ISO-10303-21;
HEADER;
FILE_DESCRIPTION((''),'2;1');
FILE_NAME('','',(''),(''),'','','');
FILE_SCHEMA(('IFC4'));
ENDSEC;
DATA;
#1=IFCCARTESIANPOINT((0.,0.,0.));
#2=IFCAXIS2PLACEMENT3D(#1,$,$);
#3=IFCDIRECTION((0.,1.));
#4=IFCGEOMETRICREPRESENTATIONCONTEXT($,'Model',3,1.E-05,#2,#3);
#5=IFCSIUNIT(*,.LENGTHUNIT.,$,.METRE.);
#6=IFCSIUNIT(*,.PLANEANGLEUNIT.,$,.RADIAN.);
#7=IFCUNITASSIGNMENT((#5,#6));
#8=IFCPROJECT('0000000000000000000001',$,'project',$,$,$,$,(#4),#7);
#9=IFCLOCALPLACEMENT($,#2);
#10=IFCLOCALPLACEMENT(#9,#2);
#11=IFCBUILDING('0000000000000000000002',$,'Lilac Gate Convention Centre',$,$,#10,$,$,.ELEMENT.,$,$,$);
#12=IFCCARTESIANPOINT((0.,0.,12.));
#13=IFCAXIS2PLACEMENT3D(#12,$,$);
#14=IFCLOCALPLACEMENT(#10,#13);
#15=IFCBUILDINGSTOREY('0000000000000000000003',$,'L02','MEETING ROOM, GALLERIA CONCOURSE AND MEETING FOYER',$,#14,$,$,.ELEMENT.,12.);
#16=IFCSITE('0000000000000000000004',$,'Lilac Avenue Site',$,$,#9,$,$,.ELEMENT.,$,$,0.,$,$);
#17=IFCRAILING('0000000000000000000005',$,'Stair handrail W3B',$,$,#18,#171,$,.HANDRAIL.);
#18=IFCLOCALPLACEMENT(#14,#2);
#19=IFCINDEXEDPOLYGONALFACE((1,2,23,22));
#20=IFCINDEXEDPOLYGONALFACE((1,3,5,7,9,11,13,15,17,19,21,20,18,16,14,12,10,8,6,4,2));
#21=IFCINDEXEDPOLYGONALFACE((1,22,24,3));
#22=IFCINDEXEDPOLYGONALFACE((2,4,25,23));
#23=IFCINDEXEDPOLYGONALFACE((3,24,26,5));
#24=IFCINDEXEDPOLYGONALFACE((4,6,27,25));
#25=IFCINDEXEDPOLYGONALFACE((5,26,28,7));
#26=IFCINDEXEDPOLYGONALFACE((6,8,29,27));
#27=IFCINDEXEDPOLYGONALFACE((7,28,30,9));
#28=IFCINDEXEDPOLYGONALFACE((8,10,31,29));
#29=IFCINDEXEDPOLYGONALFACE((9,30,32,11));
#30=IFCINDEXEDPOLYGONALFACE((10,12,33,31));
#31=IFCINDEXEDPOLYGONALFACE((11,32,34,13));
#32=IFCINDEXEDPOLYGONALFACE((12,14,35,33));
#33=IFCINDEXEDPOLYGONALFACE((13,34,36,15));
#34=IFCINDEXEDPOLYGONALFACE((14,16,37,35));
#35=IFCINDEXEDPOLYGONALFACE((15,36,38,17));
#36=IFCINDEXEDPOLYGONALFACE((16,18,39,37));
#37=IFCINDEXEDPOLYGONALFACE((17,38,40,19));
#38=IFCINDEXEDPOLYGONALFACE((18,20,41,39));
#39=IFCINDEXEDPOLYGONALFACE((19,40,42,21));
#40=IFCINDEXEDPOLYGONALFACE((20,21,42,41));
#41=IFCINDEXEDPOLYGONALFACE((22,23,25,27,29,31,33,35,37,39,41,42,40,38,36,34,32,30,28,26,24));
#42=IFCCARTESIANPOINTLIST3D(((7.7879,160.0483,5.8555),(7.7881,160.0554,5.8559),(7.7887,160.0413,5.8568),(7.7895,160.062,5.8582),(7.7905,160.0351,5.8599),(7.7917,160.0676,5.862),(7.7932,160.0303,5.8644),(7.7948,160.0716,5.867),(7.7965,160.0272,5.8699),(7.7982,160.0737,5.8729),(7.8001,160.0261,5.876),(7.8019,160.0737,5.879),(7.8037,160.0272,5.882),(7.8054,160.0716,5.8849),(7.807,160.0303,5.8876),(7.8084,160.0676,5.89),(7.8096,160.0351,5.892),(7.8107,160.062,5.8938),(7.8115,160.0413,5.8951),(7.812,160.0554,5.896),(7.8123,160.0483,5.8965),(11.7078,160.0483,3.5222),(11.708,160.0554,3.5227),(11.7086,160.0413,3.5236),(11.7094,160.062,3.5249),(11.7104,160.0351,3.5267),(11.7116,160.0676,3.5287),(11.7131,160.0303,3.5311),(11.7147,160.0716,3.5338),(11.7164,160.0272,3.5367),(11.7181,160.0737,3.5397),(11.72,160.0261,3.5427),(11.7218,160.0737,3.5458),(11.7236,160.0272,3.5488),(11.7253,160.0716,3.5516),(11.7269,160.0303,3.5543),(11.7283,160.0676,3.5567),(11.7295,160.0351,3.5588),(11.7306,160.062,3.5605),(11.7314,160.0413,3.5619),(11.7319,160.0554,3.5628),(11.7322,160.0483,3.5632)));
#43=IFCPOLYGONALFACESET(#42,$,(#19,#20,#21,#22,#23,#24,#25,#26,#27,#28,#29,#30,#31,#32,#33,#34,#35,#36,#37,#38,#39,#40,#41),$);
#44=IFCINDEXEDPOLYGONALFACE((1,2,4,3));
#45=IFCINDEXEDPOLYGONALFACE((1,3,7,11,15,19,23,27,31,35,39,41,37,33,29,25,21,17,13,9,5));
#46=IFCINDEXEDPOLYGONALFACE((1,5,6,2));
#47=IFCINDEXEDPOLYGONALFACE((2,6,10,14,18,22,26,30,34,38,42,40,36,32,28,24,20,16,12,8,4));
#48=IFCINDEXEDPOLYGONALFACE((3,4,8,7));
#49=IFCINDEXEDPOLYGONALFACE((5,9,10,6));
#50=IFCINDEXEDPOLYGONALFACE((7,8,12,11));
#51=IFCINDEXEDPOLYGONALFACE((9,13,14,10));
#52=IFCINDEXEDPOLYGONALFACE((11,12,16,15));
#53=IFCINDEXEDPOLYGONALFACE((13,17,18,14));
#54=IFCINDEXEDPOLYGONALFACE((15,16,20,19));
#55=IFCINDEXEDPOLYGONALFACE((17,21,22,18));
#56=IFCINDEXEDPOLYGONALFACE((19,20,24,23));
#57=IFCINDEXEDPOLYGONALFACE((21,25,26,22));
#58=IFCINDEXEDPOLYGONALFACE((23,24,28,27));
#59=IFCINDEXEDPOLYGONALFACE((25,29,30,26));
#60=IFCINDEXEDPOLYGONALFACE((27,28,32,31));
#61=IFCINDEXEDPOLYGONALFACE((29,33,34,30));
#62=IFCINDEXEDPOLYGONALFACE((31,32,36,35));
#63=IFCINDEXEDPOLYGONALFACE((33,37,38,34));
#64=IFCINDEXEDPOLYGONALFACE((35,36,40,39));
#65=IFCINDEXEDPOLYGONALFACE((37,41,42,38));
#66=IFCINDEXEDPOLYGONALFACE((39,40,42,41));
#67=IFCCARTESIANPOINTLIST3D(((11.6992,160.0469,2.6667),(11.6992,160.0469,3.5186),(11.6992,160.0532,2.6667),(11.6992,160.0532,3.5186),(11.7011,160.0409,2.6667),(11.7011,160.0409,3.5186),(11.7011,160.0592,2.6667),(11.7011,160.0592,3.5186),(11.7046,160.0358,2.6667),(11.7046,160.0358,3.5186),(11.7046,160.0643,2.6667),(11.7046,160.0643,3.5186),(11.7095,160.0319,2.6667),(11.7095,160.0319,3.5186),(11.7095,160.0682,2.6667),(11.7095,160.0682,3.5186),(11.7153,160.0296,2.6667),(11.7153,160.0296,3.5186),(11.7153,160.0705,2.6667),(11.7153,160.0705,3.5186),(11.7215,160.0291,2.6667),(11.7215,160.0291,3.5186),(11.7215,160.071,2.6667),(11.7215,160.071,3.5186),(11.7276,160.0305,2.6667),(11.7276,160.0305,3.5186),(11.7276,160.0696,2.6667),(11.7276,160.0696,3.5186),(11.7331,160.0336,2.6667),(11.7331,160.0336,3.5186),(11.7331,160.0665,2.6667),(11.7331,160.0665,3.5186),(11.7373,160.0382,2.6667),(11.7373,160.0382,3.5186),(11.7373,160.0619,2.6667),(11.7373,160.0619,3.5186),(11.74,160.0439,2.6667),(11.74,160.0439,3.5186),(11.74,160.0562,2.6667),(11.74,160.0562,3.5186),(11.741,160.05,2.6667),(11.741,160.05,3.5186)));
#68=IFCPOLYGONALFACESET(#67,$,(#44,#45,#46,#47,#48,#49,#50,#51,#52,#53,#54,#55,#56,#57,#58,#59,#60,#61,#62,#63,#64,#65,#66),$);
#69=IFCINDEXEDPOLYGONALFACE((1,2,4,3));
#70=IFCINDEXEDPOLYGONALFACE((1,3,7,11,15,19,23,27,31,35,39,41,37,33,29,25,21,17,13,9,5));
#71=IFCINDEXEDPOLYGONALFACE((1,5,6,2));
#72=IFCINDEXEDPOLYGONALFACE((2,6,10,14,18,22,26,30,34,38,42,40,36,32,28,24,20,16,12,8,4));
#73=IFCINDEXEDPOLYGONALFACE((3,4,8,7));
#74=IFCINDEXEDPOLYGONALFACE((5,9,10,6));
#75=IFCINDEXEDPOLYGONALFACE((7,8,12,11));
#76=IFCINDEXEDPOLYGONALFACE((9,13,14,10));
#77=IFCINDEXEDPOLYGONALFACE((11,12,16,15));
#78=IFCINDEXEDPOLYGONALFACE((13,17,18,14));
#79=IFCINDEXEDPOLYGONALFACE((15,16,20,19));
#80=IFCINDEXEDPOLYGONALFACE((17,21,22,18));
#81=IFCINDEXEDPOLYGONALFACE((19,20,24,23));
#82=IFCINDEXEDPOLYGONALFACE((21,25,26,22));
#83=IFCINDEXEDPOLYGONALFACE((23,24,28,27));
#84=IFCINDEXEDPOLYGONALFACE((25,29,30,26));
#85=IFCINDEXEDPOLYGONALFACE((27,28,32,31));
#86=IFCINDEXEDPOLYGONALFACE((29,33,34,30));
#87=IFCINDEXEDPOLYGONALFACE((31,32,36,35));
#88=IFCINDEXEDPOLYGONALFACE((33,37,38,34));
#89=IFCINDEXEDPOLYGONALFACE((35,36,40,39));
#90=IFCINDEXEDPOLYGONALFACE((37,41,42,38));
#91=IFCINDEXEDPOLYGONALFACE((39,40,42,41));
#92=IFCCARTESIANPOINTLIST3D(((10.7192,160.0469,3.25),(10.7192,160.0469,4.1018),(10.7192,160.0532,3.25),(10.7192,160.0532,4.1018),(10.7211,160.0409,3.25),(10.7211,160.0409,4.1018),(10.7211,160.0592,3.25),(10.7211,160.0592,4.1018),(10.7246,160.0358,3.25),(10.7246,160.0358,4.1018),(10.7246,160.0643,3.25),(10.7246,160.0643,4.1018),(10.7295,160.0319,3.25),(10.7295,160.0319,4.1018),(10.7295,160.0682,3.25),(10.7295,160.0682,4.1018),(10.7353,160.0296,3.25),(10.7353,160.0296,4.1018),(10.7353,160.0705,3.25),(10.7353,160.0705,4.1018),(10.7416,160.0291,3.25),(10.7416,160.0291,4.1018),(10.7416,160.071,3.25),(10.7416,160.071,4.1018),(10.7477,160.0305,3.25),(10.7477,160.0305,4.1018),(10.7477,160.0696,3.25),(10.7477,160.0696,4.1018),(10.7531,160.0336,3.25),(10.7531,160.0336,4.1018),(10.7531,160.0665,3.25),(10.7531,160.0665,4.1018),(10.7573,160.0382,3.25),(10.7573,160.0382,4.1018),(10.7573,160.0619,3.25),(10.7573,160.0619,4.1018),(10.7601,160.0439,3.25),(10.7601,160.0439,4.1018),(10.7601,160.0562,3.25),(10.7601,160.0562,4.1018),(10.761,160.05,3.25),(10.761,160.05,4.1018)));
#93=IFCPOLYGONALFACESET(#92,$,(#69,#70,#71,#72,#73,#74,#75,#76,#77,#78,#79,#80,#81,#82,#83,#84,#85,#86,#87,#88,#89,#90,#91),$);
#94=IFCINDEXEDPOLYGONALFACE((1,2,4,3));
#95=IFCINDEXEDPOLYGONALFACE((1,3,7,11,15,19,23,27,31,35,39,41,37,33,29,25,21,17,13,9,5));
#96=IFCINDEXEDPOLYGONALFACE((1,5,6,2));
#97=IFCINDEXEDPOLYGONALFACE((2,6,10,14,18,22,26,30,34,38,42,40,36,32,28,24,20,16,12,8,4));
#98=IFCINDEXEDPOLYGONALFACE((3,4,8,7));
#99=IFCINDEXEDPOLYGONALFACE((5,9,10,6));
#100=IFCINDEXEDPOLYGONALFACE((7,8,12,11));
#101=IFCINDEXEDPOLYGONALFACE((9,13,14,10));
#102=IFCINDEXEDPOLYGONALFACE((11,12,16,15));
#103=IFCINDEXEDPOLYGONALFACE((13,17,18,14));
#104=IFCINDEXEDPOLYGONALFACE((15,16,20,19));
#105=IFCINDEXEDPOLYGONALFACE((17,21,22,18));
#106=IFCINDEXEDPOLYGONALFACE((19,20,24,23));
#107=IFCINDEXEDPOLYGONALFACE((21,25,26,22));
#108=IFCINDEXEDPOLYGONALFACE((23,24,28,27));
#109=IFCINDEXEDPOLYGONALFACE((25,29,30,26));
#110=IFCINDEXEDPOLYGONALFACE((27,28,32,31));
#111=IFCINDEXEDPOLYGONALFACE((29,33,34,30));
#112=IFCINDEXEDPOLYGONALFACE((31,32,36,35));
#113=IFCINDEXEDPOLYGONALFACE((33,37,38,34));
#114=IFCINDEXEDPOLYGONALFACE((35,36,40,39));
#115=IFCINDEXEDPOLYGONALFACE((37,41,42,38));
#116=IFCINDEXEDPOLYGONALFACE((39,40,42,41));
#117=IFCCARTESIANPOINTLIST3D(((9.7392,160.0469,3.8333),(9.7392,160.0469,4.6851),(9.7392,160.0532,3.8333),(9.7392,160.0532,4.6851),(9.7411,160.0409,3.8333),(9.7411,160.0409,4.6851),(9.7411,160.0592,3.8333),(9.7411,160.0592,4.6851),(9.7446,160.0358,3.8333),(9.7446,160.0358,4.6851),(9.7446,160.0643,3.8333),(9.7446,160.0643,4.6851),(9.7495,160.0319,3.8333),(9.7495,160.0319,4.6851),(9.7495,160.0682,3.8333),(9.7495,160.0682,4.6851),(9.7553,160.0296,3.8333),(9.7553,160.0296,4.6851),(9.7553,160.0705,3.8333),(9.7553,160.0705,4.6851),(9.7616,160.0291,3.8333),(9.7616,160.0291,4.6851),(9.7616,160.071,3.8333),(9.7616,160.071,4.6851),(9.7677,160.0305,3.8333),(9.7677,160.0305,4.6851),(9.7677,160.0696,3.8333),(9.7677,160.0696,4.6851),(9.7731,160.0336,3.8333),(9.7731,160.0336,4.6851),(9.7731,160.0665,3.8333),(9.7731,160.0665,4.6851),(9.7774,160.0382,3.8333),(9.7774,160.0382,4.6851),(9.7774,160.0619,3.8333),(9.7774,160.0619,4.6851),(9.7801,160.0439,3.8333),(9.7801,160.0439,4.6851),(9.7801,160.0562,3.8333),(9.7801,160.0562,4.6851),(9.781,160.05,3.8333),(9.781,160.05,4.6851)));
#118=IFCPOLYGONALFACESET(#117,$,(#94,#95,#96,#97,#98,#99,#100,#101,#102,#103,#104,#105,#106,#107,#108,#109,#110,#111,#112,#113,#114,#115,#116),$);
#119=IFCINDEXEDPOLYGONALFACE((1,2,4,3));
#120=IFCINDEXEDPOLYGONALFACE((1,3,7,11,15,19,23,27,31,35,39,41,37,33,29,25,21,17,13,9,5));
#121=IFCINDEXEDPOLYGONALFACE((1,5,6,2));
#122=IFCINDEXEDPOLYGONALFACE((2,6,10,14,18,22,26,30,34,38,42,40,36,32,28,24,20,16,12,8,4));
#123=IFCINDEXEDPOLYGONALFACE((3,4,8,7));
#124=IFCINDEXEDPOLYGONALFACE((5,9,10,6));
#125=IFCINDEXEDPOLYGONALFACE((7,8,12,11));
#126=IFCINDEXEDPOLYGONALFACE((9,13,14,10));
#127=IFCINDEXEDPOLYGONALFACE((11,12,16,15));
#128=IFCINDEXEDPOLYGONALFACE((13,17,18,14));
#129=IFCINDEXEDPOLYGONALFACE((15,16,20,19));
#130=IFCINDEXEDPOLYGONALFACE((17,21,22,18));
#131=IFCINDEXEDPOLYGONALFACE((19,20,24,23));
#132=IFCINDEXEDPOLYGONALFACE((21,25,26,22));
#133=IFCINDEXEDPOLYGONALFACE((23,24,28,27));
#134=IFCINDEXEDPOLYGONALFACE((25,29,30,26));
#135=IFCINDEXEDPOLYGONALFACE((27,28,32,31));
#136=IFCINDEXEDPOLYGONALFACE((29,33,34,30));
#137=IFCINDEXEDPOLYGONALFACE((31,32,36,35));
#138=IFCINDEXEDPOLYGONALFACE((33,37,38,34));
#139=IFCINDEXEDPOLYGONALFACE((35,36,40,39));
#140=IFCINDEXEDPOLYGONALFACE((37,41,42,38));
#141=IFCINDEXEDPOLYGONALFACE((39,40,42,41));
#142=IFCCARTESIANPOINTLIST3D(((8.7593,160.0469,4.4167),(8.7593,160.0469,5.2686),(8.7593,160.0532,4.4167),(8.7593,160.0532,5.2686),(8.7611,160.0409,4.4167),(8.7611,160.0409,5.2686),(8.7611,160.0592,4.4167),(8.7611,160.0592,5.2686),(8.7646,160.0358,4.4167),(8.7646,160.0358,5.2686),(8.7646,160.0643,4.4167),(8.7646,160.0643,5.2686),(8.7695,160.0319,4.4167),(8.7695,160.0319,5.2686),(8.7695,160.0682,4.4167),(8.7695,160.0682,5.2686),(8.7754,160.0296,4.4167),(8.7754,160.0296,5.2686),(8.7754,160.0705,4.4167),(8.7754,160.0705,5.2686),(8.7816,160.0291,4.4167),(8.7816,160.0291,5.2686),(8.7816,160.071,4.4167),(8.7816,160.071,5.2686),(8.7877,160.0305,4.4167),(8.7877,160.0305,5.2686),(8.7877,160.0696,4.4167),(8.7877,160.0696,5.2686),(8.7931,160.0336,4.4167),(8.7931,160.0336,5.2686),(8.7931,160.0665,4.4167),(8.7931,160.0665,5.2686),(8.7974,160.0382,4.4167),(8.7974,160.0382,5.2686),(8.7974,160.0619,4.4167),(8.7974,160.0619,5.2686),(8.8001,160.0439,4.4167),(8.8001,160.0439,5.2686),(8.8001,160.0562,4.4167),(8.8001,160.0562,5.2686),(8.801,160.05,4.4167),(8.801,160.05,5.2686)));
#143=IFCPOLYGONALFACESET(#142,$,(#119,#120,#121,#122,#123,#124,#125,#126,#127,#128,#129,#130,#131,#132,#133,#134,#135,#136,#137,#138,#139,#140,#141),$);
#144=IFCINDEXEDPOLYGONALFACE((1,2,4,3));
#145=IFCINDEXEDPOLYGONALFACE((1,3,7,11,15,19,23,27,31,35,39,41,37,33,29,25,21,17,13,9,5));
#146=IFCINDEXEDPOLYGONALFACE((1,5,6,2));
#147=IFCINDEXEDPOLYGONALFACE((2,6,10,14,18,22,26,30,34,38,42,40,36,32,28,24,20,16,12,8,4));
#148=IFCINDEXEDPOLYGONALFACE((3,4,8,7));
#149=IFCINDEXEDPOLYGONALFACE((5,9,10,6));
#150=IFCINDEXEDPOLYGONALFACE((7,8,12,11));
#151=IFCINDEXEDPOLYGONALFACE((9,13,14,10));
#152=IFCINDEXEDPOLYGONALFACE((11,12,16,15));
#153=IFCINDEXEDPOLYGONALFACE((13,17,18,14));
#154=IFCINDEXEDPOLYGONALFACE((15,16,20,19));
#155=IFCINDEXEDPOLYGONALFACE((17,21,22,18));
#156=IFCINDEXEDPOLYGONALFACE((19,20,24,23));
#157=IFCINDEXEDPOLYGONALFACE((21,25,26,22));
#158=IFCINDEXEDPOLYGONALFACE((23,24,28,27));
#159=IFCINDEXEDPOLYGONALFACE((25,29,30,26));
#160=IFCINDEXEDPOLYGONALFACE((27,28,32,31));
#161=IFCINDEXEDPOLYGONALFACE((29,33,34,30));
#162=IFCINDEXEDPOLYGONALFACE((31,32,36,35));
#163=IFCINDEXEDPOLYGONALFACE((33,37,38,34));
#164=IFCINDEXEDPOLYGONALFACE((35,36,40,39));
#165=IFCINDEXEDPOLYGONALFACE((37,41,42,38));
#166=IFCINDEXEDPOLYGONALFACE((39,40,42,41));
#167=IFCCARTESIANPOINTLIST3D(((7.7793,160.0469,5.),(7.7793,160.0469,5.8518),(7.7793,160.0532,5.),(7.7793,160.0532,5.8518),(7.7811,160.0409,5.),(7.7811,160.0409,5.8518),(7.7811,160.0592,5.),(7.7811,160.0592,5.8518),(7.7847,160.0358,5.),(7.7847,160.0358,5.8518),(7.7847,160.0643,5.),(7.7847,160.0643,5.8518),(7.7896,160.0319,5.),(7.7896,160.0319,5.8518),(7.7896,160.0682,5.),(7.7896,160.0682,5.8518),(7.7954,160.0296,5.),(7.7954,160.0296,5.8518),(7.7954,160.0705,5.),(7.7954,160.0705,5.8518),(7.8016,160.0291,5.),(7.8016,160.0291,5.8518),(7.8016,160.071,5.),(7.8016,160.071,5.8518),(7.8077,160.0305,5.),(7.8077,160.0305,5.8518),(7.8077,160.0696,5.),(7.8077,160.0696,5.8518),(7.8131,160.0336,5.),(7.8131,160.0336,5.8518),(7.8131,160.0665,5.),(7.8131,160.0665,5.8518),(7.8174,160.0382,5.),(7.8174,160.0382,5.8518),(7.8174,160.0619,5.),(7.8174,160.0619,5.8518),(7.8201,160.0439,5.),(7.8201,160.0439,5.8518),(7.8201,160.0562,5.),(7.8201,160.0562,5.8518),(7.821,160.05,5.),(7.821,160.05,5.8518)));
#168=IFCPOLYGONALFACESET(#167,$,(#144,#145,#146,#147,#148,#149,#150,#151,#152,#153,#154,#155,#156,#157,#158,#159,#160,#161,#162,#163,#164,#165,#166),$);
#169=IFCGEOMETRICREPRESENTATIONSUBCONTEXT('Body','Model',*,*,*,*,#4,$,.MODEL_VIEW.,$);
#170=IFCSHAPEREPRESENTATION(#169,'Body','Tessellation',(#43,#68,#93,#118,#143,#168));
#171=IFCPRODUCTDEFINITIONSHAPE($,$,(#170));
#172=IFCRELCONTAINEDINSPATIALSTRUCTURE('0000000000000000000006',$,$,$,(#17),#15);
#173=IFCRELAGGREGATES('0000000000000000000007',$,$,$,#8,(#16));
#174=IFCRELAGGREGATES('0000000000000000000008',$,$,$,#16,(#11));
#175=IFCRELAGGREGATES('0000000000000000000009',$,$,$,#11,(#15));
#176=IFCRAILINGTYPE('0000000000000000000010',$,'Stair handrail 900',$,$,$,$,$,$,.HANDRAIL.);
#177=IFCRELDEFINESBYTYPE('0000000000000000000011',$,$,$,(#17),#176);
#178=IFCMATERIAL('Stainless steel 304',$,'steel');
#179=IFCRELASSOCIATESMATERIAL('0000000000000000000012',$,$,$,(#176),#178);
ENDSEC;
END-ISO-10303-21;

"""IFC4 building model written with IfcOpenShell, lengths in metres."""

from ifc_helpers import new_model, si_unit, direction, frame, origin, origin_2d, place, context, subcontext, project, spatial, circle, extrude, material, type_object, element, save


model = new_model("IFC4")

# Units and contexts
model_context = context("Model", 3, precision=1e-05, world=origin(), true_north=direction((0.0, 1.0)))
body_context = subcontext(model_context, "Body", "Model", "MODEL_VIEW")
ifc_project = project(units=[si_unit("LENGTHUNIT", "METRE"), si_unit("PLANEANGLEUNIT", "RADIAN")], contexts=[model_context])

# Site, building, storey
site_placement = place(None, origin())
site = spatial("IfcSite", under=ifc_project, at=site_placement, Name="Lilac Avenue Site", CompositionType="ELEMENT", RefElevation=0.0)
building_placement = place(site_placement, origin())
building = spatial("IfcBuilding", under=site, at=building_placement, Name="Lilac Gate Convention Centre", CompositionType="ELEMENT")
storey_placement = place(building_placement, frame((0.0, 0.0, 12.0)))
storey = spatial("IfcBuildingStorey", under=building, at=storey_placement, Name="L02", Description="MEETING ROOM, GALLERIA CONCOURSE AND MEETING FOYER", CompositionType="ELEMENT", Elevation=12.0)

# Railing
ifc_material_1 = material(Name="Stainless steel 304", Category="steel")
railing_type = type_object("IfcRailingType", Name="Stair handrail 900", PredefinedType="HANDRAIL", material=ifc_material_1)
railing_placement = place(storey_placement, frame((11.72, 160.05, 2.6667)))
element("IfcRailing", 1, at=railing_placement, inside=storey, type_object=railing_type, Name="Stair handrail W3B", PredefinedType="HANDRAIL", context=body_context, shape_type="SweptSolid", body=[
    extrude(circle(Radius=0.0239, at=origin_2d()), frame((0.0, 0.0, 0.876), z_axis=(-0.859296, 0.0, 0.511478), x_axis=(0.0, -1.0, 0.0)), (0.0, 0.0, 1.0), 4.5618),
    extrude(circle(Radius=0.021, at=origin_2d()), origin(), (0.0, 0.0, 1.0), 0.8518),
    extrude(circle(Radius=0.021, at=origin_2d()), frame((-0.98, 0.0, 0.5833)), (0.0, 0.0, 1.0), 0.8518),
    extrude(circle(Radius=0.021, at=origin_2d()), frame((-1.96, 0.0, 1.1665)), (0.0, 0.0, 1.0), 0.8518),
    extrude(circle(Radius=0.021, at=origin_2d()), frame((-2.9399, 0.0, 1.75)), (0.0, 0.0, 1.0), 0.8518),
    extrude(circle(Radius=0.021, at=origin_2d()), frame((-3.9199, 0.0, 2.3333)), (0.0, 0.0, 1.0), 0.8518),
])

save(model, "model.ifc")
